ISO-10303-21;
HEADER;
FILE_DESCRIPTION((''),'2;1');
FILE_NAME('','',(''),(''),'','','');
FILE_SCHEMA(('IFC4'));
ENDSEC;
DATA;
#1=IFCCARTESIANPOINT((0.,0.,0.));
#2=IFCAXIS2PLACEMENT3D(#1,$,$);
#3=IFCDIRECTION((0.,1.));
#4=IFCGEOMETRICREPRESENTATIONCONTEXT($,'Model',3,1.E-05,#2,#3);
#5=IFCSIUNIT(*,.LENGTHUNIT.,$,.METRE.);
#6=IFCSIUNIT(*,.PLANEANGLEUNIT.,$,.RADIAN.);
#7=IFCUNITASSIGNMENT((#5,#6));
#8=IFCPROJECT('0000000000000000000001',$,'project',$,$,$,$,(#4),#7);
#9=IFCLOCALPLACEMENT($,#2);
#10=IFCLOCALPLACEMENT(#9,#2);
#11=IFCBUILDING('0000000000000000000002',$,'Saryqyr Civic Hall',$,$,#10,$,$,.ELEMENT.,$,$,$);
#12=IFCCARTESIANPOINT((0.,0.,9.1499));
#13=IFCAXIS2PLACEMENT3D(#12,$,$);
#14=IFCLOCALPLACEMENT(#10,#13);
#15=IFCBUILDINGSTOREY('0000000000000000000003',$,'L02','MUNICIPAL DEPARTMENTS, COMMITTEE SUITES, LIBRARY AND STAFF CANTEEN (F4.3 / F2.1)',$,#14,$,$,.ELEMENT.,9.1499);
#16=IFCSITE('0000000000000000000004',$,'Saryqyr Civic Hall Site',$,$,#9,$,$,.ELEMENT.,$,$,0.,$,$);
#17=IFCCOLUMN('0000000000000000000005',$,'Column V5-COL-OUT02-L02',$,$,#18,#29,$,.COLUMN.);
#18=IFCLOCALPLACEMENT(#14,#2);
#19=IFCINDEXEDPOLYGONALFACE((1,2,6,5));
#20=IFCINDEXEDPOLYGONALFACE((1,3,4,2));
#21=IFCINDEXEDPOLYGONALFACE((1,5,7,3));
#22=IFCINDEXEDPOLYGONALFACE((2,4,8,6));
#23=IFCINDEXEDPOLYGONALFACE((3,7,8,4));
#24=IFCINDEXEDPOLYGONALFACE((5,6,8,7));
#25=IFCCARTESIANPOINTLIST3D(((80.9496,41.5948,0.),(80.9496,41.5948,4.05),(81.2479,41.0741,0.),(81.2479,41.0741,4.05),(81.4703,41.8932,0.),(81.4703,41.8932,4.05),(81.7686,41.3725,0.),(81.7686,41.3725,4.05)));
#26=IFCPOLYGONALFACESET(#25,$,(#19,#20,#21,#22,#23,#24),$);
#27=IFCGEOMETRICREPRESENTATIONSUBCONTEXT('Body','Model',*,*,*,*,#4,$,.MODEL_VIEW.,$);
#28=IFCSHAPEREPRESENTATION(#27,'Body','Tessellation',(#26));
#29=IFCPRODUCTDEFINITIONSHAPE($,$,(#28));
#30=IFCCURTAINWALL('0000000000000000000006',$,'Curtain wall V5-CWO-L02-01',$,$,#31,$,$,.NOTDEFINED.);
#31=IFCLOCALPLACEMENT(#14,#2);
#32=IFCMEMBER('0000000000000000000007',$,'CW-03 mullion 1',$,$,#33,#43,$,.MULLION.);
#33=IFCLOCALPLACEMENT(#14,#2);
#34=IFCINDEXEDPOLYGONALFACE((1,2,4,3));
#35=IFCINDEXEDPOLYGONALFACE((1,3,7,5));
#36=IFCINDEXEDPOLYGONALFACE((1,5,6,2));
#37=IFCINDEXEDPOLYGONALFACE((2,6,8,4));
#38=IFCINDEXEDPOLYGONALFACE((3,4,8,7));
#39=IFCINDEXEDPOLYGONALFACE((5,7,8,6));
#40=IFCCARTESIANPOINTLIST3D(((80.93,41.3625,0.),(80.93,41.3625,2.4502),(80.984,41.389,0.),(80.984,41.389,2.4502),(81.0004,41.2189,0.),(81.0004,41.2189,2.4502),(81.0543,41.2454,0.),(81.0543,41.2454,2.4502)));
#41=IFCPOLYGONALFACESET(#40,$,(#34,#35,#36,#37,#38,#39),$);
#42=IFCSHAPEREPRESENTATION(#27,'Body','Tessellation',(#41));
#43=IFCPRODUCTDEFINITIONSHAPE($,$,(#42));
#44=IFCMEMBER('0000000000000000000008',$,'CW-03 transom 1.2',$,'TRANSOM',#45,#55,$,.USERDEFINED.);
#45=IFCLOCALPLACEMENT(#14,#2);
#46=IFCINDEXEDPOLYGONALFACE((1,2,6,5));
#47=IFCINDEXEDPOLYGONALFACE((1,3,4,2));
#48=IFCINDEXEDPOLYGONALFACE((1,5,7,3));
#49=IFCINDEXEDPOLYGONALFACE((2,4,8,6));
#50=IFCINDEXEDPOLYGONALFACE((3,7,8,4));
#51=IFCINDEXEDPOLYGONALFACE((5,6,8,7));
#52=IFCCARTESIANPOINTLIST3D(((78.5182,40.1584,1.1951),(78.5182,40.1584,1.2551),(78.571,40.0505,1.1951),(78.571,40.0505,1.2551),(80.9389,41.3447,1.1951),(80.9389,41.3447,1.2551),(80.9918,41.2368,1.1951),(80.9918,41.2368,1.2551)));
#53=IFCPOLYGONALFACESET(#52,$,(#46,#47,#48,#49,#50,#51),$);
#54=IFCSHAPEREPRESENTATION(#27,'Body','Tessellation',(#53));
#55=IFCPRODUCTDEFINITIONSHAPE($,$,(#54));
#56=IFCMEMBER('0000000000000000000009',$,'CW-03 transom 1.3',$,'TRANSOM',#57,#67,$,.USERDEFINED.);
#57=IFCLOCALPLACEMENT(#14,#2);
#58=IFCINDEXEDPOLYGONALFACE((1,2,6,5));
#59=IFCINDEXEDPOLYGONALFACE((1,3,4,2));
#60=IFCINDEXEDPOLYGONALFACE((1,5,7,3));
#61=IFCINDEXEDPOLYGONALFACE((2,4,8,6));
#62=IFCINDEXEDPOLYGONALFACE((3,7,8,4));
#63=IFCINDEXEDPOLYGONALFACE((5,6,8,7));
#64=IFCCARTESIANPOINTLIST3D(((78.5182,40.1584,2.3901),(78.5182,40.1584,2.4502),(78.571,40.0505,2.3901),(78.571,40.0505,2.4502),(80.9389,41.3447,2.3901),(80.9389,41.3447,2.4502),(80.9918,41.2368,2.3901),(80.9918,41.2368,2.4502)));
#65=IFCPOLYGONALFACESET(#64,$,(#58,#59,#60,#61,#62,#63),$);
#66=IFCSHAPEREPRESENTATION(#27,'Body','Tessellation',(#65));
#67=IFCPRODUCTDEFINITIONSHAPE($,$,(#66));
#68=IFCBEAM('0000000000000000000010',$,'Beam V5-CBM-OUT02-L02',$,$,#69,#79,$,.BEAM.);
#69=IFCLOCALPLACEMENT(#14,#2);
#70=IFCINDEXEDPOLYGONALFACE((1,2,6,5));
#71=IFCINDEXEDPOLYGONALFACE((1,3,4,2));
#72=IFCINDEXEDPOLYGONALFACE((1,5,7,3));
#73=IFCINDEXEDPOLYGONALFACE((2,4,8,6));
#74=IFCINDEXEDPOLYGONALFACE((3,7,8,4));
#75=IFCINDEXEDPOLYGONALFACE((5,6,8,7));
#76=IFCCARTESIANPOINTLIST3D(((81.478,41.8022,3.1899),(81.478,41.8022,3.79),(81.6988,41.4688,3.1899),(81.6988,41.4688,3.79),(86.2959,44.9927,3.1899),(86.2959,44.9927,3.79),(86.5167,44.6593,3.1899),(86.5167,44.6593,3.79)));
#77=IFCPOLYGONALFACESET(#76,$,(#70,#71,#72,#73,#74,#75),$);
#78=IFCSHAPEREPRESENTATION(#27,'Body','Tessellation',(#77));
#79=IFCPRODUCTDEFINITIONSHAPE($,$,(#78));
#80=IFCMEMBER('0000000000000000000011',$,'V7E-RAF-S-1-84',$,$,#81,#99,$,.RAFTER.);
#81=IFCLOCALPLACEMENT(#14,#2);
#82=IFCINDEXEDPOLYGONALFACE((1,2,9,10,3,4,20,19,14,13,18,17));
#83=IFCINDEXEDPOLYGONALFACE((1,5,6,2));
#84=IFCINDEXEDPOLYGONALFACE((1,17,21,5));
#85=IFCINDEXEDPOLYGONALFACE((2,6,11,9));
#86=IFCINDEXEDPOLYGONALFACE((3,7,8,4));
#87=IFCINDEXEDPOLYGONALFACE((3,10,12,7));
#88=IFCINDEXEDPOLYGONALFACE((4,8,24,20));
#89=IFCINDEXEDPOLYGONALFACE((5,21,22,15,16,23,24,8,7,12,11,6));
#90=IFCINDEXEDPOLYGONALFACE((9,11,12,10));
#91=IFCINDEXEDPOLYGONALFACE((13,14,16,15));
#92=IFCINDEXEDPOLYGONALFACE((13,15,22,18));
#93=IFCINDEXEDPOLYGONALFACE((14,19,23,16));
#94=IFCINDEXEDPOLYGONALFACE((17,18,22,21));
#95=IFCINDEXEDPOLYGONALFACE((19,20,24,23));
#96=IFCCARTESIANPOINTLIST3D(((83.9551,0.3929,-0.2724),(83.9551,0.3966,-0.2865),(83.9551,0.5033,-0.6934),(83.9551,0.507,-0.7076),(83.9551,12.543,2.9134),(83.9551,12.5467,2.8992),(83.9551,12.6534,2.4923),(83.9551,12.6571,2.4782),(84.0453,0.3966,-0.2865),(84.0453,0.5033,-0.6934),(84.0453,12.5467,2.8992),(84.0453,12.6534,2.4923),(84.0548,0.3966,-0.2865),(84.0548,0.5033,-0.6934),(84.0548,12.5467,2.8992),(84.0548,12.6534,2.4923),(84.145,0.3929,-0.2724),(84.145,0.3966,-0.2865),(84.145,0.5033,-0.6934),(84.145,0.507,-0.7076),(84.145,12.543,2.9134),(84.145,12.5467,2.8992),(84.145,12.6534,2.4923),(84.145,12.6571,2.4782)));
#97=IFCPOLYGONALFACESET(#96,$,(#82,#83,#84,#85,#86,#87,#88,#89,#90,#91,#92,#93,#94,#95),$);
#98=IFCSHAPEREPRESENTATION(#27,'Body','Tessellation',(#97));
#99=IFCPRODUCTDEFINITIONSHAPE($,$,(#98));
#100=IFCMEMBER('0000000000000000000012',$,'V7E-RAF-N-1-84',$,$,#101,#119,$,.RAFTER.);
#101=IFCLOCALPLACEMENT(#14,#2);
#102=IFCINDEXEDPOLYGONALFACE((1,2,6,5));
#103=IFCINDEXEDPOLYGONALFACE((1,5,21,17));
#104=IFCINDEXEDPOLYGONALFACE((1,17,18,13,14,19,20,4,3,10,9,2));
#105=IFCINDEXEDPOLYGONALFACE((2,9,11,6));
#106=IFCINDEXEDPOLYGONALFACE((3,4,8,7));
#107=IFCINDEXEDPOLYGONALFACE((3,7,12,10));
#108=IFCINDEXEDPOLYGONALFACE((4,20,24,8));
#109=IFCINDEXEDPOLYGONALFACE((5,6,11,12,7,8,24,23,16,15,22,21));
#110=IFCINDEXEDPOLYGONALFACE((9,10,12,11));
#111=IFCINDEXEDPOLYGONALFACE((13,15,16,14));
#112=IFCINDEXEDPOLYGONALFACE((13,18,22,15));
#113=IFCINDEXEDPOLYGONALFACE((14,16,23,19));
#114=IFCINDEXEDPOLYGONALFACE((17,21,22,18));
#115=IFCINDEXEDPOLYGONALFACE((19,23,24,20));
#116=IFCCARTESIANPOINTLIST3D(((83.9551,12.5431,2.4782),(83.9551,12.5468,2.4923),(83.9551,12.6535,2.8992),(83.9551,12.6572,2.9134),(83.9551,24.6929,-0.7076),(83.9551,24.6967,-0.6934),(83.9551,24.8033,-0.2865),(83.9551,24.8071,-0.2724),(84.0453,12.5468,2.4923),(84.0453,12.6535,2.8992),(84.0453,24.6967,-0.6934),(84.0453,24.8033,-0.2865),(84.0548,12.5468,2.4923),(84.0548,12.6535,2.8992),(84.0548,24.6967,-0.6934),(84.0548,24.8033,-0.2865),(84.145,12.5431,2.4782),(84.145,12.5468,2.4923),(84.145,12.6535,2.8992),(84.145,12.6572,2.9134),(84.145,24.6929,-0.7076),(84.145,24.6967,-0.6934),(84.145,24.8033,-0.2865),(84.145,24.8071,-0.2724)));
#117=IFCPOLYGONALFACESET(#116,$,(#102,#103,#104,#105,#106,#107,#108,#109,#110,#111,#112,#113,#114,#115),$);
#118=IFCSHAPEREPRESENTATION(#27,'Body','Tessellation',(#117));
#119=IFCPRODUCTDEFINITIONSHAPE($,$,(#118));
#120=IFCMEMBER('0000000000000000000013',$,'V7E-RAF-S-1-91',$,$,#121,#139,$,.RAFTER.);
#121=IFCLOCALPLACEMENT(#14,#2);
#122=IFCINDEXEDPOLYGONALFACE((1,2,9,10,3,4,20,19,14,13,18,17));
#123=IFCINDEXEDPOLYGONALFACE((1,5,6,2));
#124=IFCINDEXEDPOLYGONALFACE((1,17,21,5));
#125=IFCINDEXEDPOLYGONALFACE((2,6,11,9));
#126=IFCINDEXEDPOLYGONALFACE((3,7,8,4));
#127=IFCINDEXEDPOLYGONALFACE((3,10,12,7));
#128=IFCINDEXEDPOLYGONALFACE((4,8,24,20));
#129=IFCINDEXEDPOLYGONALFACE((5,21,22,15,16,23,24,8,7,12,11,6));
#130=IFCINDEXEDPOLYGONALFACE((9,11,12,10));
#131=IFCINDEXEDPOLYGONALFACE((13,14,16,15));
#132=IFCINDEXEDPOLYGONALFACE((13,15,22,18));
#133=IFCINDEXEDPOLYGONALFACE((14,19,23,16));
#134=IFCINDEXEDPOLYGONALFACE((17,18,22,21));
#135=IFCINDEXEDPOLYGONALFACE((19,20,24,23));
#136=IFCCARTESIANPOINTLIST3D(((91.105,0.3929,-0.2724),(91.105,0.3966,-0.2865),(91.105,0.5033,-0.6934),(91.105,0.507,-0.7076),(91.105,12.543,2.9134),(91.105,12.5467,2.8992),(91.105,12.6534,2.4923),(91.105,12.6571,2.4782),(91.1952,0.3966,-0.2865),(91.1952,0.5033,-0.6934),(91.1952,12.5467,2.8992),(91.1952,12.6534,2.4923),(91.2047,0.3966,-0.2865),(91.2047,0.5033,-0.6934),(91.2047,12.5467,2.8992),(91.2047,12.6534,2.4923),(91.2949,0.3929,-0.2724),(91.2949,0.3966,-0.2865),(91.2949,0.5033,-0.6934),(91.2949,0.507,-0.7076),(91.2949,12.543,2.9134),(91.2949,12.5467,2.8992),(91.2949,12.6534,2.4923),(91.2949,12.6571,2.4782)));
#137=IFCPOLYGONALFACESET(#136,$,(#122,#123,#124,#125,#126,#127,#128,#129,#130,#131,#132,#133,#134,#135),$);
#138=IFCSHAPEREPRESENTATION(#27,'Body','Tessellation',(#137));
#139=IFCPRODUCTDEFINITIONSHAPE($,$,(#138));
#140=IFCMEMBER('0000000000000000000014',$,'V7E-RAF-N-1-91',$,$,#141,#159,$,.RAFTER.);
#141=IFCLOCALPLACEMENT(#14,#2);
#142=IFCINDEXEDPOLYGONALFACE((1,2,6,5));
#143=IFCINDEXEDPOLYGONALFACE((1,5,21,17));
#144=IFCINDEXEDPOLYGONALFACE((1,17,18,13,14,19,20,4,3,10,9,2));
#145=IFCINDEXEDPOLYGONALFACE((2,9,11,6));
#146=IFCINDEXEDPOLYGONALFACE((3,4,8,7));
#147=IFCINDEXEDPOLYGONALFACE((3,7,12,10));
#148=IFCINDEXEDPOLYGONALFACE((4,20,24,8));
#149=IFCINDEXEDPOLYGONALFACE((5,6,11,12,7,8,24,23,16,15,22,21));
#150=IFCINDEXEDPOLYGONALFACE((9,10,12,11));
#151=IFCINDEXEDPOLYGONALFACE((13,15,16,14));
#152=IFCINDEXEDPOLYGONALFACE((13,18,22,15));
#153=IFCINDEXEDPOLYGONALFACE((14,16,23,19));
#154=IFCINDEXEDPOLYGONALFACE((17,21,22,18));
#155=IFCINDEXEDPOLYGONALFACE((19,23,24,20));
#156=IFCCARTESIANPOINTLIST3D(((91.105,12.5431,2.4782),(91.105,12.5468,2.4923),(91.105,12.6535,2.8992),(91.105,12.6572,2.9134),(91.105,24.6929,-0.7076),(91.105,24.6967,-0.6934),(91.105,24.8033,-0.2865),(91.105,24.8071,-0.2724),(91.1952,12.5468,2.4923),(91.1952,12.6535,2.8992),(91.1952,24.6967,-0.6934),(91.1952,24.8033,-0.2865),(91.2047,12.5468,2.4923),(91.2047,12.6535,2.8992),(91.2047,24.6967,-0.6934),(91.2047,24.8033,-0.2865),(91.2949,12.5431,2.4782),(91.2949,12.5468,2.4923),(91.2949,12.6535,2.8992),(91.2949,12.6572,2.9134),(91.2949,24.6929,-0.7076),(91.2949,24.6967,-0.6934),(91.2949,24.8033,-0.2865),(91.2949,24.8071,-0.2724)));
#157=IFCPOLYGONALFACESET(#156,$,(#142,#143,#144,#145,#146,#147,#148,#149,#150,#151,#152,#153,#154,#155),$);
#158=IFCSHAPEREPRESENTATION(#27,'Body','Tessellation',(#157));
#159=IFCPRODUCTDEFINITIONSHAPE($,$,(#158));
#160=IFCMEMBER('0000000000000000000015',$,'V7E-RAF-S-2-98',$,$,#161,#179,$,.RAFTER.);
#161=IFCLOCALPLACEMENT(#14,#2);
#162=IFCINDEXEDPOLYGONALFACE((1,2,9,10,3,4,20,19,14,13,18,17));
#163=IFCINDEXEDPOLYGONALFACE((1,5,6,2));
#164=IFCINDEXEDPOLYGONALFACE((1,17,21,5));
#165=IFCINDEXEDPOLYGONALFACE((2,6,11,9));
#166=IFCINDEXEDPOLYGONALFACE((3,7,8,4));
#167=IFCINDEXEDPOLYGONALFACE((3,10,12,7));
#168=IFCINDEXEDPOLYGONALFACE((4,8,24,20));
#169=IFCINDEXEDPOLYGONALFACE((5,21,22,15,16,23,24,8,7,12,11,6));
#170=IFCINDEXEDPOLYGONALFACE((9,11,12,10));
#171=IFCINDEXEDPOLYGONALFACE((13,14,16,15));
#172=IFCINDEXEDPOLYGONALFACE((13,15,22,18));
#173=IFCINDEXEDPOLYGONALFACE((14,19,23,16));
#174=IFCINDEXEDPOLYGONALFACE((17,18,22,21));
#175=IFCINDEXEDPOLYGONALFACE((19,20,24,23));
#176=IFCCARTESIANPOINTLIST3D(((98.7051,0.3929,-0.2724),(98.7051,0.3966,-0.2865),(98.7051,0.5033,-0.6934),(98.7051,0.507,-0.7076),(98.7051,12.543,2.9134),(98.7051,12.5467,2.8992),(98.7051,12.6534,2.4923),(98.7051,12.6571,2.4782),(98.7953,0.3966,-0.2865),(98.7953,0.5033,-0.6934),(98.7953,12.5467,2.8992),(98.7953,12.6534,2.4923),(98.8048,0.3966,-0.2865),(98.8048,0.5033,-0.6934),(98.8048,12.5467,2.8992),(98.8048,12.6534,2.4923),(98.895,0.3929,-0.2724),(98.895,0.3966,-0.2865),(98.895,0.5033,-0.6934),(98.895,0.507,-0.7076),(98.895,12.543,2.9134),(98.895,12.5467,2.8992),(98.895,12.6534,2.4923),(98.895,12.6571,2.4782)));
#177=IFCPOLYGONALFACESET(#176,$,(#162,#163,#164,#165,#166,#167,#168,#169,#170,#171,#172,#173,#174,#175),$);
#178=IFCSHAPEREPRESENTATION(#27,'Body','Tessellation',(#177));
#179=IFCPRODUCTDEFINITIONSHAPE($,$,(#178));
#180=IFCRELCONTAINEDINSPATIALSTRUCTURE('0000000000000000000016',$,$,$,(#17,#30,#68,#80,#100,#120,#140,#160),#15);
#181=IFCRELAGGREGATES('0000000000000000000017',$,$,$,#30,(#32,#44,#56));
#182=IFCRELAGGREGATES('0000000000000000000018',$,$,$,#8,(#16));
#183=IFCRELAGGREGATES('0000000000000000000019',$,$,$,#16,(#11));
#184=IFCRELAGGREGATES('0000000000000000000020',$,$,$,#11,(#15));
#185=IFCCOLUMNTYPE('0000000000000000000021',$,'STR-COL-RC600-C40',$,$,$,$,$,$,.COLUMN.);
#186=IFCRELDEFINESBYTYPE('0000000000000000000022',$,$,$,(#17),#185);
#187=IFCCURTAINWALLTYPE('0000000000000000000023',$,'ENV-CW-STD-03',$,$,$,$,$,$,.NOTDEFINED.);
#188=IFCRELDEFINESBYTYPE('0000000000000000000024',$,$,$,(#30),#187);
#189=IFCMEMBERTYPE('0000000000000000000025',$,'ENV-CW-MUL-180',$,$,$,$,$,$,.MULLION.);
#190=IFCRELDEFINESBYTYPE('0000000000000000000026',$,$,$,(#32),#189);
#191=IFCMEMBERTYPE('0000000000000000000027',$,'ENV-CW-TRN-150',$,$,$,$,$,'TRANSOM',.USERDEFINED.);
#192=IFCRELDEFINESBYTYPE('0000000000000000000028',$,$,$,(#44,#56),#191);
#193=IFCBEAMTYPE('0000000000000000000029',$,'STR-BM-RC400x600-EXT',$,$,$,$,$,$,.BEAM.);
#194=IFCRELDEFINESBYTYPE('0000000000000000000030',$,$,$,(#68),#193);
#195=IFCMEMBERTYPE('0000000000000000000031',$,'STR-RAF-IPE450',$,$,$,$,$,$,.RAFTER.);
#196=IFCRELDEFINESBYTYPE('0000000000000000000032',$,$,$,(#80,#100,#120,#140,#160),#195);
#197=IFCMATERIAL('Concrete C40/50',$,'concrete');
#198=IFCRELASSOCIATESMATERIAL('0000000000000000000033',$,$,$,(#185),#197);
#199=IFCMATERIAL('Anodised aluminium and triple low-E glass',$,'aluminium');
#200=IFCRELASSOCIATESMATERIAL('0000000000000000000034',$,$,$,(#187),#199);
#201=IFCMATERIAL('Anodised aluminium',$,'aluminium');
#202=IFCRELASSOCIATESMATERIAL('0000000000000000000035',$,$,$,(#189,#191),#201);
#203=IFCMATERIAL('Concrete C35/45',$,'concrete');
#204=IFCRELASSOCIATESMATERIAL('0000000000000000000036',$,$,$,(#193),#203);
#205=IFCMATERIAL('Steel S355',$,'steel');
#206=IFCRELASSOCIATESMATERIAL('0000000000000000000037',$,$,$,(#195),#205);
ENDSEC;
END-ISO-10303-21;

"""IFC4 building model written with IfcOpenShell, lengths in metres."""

from ifc_helpers import new_model, si_unit, direction, frame, origin, origin_2d, place, context, subcontext, project, spatial, rectangle, i_section, extrude, material, material_profile, profile_set, type_object, element, aggregate, save


model = new_model("IFC4")

# Units and contexts
model_context = context("Model", 3, precision=1e-05, world=origin(), true_north=direction((0.0, 1.0)))
body_context = subcontext(model_context, "Body", "Model", "MODEL_VIEW")
ifc_project = project(units=[si_unit("LENGTHUNIT", "METRE"), si_unit("PLANEANGLEUNIT", "RADIAN")], contexts=[model_context])

# Site, building, storey
site_placement = place(None, origin())
site = spatial("IfcSite", under=ifc_project, at=site_placement, Name="Saryqyr Civic Hall Site", CompositionType="ELEMENT", RefElevation=0.0)
building_placement = place(site_placement, origin())
building = spatial("IfcBuilding", under=site, at=building_placement, Name="Saryqyr Civic Hall", CompositionType="ELEMENT")
storey_placement = place(building_placement, frame((0.0, 0.0, 9.1499)))
storey = spatial("IfcBuildingStorey", under=building, at=storey_placement, Name="L02", Description="MUNICIPAL DEPARTMENTS, COMMITTEE SUITES, LIBRARY AND STAFF CANTEEN (F4.3 / F2.1)", CompositionType="ELEMENT", Elevation=9.1499)

# Column
ifc_material_1 = material(Name="Concrete C40/50", Category="concrete")
ifc_material_profile_1 = material_profile(ifc_material_1, rectangle(XDim=0.6001, YDim=0.6001, at=origin_2d()), Name="RC 600x600")
ifc_profile_set_1 = profile_set([ifc_material_profile_1], Name="Concrete C40/50")
column_type = type_object("IfcColumnType", Name="STR-COL-RC600-C40", PredefinedType="COLUMN", material=ifc_profile_set_1)
column_placement = place(storey_placement, frame((81.3591, 41.4836, 0.0), z_axis=(0.0, 0.0, 1.0), x_axis=(0.497125, -0.867679, 0.0)))
element("IfcColumn", 1, at=column_placement, inside=storey, type_object=column_type, Name="Column V5-COL-OUT02-L02", PredefinedType="COLUMN", context=body_context, shape_type="SweptSolid", body=[
    extrude(rectangle(XDim=0.6001, YDim=0.6001, at=origin_2d()), origin(), (0.0, 0.0, 1.0), 4.05),
])

# Curtain wall, members
ifc_material_2 = material(Name="Anodised aluminium and triple low-E glass", Category="aluminium")
curtain_wall_type = type_object("IfcCurtainWallType", Name="ENV-CW-STD-03", PredefinedType="NOTDEFINED", material=ifc_material_2)
curtain_wall_placement = place(storey_placement, origin())
curtain_wall = element("IfcCurtainWall", 2, at=curtain_wall_placement, inside=storey, type_object=curtain_wall_type, Name="Curtain wall V5-CWO-L02-01", PredefinedType="NOTDEFINED")
ifc_material_3 = material(Name="Anodised aluminium", Category="aluminium")
ifc_material_profile_2 = material_profile(ifc_material_3, rectangle(XDim=0.0601, YDim=0.1599, at=origin_2d()), Name="ALU MULLION 60x160")
ifc_profile_set_2 = profile_set([ifc_material_profile_2], Name="Anodised aluminium")
member_type_1 = type_object("IfcMemberType", Name="ENV-CW-MUL-180", PredefinedType="MULLION", material=ifc_profile_set_2)
member_1_placement = place(storey_placement, frame((80.9922, 41.304, 0.0), z_axis=(0.0, 0.0, 1.0), x_axis=(-0.897971, -0.440055, 0.0)))
member_1 = element("IfcMember", 3, at=member_1_placement, type_object=member_type_1, Name="CW-03 mullion 1", PredefinedType="MULLION", context=body_context, shape_type="SweptSolid", body=[
    extrude(rectangle(XDim=0.0601, YDim=0.1599, at=origin_2d()), origin(), (0.0, 0.0, 1.0), 2.4502),
])
ifc_material_profile_3 = material_profile(ifc_material_3, rectangle(XDim=0.1201, YDim=0.0601, at=origin_2d()), Name="ALU TRANSOM 120x60")
ifc_profile_set_3 = profile_set([ifc_material_profile_3], Name="Anodised aluminium")
member_type_2 = type_object("IfcMemberType", Name="ENV-CW-TRN-150", ElementType="TRANSOM", PredefinedType="USERDEFINED", material=ifc_profile_set_3)
member_2_placement = place(storey_placement, frame((80.9653, 41.2908, 1.2251), z_axis=(-0.897967, -0.440063, 0.0), x_axis=(0.440063, -0.897967, 0.0)))
member_2 = element("IfcMember", 4, at=member_2_placement, type_object=member_type_2, Name="CW-03 transom 1.2", ObjectType="TRANSOM", PredefinedType="USERDEFINED", context=body_context, shape_type="SweptSolid", body=[
    extrude(rectangle(XDim=0.1201, YDim=0.0601, at=origin_2d()), origin(), (0.0, 0.0, 1.0), 2.6958),
])
member_3_placement = place(storey_placement, frame((80.9653, 41.2908, 2.4202), z_axis=(-0.897967, -0.440063, 0.0), x_axis=(0.440063, -0.897967, 0.0)))
member_3 = element("IfcMember", 5, at=member_3_placement, type_object=member_type_2, Name="CW-03 transom 1.3", ObjectType="TRANSOM", PredefinedType="USERDEFINED", context=body_context, shape_type="SweptSolid", body=[
    extrude(rectangle(XDim=0.1201, YDim=0.0601, at=origin_2d()), origin(), (0.0, 0.0, 1.0), 2.6958),
])
aggregate(curtain_wall, [member_1, member_2, member_3])

# Beam
ifc_material_4 = material(Name="Concrete C35/45", Category="concrete")
ifc_material_profile_4 = material_profile(ifc_material_4, rectangle(XDim=0.3999, YDim=0.6001, at=origin_2d()), Name="RC 400x600")
ifc_profile_set_4 = profile_set([ifc_material_profile_4], Name="Concrete C35/45")
beam_type = type_object("IfcBeamType", Name="STR-BM-RC400x600-EXT", PredefinedType="BEAM", material=ifc_profile_set_4)
beam_placement = place(storey_placement, frame((81.5884, 41.6355, 3.49), z_axis=(0.833762, 0.552124, 0.0), x_axis=(-0.552124, 0.833762, 0.0)))
element("IfcBeam", 6, at=beam_placement, inside=storey, type_object=beam_type, Name="Beam V5-CBM-OUT02-L02", PredefinedType="BEAM", context=body_context, shape_type="SweptSolid", body=[
    extrude(rectangle(XDim=0.3999, YDim=0.6001, at=origin_2d()), origin(), (0.0, 0.0, 1.0), 5.7786),
])

# Members
ifc_material_5 = material(Name="Steel S355", Category="steel")
ifc_material_profile_5 = material_profile(ifc_material_5, i_section(OverallWidth=0.1899, OverallDepth=0.45, WebThickness=0.0095, FlangeThickness=0.0146, at=origin_2d()), Name="IPE 450")
ifc_profile_set_5 = profile_set([ifc_material_profile_5], Name="Steel S355")
member_type_3 = type_object("IfcMemberType", Name="STR-RAF-IPE450", PredefinedType="RAFTER", material=ifc_profile_set_5)
member_4_placement = place(storey_placement, frame((84.05, 0.45, -0.49), z_axis=(0.0, 0.967302, 0.253628), x_axis=(-1.0, 0.0, 0.0)))
element("IfcMember", 7, at=member_4_placement, inside=storey, type_object=member_type_3, Name="V7E-RAF-S-1-84", PredefinedType="RAFTER", context=body_context, shape_type="SweptSolid", body=[
    extrude(i_section(OverallWidth=0.1899, OverallDepth=0.45, WebThickness=0.0095, FlangeThickness=0.0146, at=origin_2d()), origin(), (0.0, 0.0, 1.0), 12.5608),
])
member_5_placement = place(storey_placement, frame((84.05, 24.75, -0.49), z_axis=(0.0, -0.9673, 0.253633), x_axis=(1.0, 0.0, 0.0)))
element("IfcMember", 8, at=member_5_placement, inside=storey, type_object=member_type_3, Name="V7E-RAF-N-1-84", PredefinedType="RAFTER", context=body_context, shape_type="SweptSolid", body=[
    extrude(i_section(OverallWidth=0.1899, OverallDepth=0.45, WebThickness=0.0095, FlangeThickness=0.0146, at=origin_2d()), origin(), (0.0, 0.0, 1.0), 12.5605),
])
member_6_placement = place(storey_placement, frame((91.2, 0.45, -0.49), z_axis=(0.0, 0.967302, 0.253628), x_axis=(-1.0, 0.0, 0.0)))
element("IfcMember", 9, at=member_6_placement, inside=storey, type_object=member_type_3, Name="V7E-RAF-S-1-91", PredefinedType="RAFTER", context=body_context, shape_type="SweptSolid", body=[
    extrude(i_section(OverallWidth=0.1899, OverallDepth=0.45, WebThickness=0.0095, FlangeThickness=0.0146, at=origin_2d()), origin(), (0.0, 0.0, 1.0), 12.5608),
])
member_7_placement = place(storey_placement, frame((91.2, 24.75, -0.49), z_axis=(0.0, -0.9673, 0.253633), x_axis=(1.0, 0.0, 0.0)))
element("IfcMember", 10, at=member_7_placement, inside=storey, type_object=member_type_3, Name="V7E-RAF-N-1-91", PredefinedType="RAFTER", context=body_context, shape_type="SweptSolid", body=[
    extrude(i_section(OverallWidth=0.1899, OverallDepth=0.45, WebThickness=0.0095, FlangeThickness=0.0146, at=origin_2d()), origin(), (0.0, 0.0, 1.0), 12.5605),
])
member_8_placement = place(storey_placement, frame((98.8, 0.45, -0.49), z_axis=(0.0, 0.967302, 0.253628), x_axis=(-1.0, 0.0, 0.0)))
element("IfcMember", 11, at=member_8_placement, inside=storey, type_object=member_type_3, Name="V7E-RAF-S-2-98", PredefinedType="RAFTER", context=body_context, shape_type="SweptSolid", body=[
    extrude(i_section(OverallWidth=0.1899, OverallDepth=0.45, WebThickness=0.0095, FlangeThickness=0.0146, at=origin_2d()), origin(), (0.0, 0.0, 1.0), 12.5608),
])

save(model, "model.ifc")
